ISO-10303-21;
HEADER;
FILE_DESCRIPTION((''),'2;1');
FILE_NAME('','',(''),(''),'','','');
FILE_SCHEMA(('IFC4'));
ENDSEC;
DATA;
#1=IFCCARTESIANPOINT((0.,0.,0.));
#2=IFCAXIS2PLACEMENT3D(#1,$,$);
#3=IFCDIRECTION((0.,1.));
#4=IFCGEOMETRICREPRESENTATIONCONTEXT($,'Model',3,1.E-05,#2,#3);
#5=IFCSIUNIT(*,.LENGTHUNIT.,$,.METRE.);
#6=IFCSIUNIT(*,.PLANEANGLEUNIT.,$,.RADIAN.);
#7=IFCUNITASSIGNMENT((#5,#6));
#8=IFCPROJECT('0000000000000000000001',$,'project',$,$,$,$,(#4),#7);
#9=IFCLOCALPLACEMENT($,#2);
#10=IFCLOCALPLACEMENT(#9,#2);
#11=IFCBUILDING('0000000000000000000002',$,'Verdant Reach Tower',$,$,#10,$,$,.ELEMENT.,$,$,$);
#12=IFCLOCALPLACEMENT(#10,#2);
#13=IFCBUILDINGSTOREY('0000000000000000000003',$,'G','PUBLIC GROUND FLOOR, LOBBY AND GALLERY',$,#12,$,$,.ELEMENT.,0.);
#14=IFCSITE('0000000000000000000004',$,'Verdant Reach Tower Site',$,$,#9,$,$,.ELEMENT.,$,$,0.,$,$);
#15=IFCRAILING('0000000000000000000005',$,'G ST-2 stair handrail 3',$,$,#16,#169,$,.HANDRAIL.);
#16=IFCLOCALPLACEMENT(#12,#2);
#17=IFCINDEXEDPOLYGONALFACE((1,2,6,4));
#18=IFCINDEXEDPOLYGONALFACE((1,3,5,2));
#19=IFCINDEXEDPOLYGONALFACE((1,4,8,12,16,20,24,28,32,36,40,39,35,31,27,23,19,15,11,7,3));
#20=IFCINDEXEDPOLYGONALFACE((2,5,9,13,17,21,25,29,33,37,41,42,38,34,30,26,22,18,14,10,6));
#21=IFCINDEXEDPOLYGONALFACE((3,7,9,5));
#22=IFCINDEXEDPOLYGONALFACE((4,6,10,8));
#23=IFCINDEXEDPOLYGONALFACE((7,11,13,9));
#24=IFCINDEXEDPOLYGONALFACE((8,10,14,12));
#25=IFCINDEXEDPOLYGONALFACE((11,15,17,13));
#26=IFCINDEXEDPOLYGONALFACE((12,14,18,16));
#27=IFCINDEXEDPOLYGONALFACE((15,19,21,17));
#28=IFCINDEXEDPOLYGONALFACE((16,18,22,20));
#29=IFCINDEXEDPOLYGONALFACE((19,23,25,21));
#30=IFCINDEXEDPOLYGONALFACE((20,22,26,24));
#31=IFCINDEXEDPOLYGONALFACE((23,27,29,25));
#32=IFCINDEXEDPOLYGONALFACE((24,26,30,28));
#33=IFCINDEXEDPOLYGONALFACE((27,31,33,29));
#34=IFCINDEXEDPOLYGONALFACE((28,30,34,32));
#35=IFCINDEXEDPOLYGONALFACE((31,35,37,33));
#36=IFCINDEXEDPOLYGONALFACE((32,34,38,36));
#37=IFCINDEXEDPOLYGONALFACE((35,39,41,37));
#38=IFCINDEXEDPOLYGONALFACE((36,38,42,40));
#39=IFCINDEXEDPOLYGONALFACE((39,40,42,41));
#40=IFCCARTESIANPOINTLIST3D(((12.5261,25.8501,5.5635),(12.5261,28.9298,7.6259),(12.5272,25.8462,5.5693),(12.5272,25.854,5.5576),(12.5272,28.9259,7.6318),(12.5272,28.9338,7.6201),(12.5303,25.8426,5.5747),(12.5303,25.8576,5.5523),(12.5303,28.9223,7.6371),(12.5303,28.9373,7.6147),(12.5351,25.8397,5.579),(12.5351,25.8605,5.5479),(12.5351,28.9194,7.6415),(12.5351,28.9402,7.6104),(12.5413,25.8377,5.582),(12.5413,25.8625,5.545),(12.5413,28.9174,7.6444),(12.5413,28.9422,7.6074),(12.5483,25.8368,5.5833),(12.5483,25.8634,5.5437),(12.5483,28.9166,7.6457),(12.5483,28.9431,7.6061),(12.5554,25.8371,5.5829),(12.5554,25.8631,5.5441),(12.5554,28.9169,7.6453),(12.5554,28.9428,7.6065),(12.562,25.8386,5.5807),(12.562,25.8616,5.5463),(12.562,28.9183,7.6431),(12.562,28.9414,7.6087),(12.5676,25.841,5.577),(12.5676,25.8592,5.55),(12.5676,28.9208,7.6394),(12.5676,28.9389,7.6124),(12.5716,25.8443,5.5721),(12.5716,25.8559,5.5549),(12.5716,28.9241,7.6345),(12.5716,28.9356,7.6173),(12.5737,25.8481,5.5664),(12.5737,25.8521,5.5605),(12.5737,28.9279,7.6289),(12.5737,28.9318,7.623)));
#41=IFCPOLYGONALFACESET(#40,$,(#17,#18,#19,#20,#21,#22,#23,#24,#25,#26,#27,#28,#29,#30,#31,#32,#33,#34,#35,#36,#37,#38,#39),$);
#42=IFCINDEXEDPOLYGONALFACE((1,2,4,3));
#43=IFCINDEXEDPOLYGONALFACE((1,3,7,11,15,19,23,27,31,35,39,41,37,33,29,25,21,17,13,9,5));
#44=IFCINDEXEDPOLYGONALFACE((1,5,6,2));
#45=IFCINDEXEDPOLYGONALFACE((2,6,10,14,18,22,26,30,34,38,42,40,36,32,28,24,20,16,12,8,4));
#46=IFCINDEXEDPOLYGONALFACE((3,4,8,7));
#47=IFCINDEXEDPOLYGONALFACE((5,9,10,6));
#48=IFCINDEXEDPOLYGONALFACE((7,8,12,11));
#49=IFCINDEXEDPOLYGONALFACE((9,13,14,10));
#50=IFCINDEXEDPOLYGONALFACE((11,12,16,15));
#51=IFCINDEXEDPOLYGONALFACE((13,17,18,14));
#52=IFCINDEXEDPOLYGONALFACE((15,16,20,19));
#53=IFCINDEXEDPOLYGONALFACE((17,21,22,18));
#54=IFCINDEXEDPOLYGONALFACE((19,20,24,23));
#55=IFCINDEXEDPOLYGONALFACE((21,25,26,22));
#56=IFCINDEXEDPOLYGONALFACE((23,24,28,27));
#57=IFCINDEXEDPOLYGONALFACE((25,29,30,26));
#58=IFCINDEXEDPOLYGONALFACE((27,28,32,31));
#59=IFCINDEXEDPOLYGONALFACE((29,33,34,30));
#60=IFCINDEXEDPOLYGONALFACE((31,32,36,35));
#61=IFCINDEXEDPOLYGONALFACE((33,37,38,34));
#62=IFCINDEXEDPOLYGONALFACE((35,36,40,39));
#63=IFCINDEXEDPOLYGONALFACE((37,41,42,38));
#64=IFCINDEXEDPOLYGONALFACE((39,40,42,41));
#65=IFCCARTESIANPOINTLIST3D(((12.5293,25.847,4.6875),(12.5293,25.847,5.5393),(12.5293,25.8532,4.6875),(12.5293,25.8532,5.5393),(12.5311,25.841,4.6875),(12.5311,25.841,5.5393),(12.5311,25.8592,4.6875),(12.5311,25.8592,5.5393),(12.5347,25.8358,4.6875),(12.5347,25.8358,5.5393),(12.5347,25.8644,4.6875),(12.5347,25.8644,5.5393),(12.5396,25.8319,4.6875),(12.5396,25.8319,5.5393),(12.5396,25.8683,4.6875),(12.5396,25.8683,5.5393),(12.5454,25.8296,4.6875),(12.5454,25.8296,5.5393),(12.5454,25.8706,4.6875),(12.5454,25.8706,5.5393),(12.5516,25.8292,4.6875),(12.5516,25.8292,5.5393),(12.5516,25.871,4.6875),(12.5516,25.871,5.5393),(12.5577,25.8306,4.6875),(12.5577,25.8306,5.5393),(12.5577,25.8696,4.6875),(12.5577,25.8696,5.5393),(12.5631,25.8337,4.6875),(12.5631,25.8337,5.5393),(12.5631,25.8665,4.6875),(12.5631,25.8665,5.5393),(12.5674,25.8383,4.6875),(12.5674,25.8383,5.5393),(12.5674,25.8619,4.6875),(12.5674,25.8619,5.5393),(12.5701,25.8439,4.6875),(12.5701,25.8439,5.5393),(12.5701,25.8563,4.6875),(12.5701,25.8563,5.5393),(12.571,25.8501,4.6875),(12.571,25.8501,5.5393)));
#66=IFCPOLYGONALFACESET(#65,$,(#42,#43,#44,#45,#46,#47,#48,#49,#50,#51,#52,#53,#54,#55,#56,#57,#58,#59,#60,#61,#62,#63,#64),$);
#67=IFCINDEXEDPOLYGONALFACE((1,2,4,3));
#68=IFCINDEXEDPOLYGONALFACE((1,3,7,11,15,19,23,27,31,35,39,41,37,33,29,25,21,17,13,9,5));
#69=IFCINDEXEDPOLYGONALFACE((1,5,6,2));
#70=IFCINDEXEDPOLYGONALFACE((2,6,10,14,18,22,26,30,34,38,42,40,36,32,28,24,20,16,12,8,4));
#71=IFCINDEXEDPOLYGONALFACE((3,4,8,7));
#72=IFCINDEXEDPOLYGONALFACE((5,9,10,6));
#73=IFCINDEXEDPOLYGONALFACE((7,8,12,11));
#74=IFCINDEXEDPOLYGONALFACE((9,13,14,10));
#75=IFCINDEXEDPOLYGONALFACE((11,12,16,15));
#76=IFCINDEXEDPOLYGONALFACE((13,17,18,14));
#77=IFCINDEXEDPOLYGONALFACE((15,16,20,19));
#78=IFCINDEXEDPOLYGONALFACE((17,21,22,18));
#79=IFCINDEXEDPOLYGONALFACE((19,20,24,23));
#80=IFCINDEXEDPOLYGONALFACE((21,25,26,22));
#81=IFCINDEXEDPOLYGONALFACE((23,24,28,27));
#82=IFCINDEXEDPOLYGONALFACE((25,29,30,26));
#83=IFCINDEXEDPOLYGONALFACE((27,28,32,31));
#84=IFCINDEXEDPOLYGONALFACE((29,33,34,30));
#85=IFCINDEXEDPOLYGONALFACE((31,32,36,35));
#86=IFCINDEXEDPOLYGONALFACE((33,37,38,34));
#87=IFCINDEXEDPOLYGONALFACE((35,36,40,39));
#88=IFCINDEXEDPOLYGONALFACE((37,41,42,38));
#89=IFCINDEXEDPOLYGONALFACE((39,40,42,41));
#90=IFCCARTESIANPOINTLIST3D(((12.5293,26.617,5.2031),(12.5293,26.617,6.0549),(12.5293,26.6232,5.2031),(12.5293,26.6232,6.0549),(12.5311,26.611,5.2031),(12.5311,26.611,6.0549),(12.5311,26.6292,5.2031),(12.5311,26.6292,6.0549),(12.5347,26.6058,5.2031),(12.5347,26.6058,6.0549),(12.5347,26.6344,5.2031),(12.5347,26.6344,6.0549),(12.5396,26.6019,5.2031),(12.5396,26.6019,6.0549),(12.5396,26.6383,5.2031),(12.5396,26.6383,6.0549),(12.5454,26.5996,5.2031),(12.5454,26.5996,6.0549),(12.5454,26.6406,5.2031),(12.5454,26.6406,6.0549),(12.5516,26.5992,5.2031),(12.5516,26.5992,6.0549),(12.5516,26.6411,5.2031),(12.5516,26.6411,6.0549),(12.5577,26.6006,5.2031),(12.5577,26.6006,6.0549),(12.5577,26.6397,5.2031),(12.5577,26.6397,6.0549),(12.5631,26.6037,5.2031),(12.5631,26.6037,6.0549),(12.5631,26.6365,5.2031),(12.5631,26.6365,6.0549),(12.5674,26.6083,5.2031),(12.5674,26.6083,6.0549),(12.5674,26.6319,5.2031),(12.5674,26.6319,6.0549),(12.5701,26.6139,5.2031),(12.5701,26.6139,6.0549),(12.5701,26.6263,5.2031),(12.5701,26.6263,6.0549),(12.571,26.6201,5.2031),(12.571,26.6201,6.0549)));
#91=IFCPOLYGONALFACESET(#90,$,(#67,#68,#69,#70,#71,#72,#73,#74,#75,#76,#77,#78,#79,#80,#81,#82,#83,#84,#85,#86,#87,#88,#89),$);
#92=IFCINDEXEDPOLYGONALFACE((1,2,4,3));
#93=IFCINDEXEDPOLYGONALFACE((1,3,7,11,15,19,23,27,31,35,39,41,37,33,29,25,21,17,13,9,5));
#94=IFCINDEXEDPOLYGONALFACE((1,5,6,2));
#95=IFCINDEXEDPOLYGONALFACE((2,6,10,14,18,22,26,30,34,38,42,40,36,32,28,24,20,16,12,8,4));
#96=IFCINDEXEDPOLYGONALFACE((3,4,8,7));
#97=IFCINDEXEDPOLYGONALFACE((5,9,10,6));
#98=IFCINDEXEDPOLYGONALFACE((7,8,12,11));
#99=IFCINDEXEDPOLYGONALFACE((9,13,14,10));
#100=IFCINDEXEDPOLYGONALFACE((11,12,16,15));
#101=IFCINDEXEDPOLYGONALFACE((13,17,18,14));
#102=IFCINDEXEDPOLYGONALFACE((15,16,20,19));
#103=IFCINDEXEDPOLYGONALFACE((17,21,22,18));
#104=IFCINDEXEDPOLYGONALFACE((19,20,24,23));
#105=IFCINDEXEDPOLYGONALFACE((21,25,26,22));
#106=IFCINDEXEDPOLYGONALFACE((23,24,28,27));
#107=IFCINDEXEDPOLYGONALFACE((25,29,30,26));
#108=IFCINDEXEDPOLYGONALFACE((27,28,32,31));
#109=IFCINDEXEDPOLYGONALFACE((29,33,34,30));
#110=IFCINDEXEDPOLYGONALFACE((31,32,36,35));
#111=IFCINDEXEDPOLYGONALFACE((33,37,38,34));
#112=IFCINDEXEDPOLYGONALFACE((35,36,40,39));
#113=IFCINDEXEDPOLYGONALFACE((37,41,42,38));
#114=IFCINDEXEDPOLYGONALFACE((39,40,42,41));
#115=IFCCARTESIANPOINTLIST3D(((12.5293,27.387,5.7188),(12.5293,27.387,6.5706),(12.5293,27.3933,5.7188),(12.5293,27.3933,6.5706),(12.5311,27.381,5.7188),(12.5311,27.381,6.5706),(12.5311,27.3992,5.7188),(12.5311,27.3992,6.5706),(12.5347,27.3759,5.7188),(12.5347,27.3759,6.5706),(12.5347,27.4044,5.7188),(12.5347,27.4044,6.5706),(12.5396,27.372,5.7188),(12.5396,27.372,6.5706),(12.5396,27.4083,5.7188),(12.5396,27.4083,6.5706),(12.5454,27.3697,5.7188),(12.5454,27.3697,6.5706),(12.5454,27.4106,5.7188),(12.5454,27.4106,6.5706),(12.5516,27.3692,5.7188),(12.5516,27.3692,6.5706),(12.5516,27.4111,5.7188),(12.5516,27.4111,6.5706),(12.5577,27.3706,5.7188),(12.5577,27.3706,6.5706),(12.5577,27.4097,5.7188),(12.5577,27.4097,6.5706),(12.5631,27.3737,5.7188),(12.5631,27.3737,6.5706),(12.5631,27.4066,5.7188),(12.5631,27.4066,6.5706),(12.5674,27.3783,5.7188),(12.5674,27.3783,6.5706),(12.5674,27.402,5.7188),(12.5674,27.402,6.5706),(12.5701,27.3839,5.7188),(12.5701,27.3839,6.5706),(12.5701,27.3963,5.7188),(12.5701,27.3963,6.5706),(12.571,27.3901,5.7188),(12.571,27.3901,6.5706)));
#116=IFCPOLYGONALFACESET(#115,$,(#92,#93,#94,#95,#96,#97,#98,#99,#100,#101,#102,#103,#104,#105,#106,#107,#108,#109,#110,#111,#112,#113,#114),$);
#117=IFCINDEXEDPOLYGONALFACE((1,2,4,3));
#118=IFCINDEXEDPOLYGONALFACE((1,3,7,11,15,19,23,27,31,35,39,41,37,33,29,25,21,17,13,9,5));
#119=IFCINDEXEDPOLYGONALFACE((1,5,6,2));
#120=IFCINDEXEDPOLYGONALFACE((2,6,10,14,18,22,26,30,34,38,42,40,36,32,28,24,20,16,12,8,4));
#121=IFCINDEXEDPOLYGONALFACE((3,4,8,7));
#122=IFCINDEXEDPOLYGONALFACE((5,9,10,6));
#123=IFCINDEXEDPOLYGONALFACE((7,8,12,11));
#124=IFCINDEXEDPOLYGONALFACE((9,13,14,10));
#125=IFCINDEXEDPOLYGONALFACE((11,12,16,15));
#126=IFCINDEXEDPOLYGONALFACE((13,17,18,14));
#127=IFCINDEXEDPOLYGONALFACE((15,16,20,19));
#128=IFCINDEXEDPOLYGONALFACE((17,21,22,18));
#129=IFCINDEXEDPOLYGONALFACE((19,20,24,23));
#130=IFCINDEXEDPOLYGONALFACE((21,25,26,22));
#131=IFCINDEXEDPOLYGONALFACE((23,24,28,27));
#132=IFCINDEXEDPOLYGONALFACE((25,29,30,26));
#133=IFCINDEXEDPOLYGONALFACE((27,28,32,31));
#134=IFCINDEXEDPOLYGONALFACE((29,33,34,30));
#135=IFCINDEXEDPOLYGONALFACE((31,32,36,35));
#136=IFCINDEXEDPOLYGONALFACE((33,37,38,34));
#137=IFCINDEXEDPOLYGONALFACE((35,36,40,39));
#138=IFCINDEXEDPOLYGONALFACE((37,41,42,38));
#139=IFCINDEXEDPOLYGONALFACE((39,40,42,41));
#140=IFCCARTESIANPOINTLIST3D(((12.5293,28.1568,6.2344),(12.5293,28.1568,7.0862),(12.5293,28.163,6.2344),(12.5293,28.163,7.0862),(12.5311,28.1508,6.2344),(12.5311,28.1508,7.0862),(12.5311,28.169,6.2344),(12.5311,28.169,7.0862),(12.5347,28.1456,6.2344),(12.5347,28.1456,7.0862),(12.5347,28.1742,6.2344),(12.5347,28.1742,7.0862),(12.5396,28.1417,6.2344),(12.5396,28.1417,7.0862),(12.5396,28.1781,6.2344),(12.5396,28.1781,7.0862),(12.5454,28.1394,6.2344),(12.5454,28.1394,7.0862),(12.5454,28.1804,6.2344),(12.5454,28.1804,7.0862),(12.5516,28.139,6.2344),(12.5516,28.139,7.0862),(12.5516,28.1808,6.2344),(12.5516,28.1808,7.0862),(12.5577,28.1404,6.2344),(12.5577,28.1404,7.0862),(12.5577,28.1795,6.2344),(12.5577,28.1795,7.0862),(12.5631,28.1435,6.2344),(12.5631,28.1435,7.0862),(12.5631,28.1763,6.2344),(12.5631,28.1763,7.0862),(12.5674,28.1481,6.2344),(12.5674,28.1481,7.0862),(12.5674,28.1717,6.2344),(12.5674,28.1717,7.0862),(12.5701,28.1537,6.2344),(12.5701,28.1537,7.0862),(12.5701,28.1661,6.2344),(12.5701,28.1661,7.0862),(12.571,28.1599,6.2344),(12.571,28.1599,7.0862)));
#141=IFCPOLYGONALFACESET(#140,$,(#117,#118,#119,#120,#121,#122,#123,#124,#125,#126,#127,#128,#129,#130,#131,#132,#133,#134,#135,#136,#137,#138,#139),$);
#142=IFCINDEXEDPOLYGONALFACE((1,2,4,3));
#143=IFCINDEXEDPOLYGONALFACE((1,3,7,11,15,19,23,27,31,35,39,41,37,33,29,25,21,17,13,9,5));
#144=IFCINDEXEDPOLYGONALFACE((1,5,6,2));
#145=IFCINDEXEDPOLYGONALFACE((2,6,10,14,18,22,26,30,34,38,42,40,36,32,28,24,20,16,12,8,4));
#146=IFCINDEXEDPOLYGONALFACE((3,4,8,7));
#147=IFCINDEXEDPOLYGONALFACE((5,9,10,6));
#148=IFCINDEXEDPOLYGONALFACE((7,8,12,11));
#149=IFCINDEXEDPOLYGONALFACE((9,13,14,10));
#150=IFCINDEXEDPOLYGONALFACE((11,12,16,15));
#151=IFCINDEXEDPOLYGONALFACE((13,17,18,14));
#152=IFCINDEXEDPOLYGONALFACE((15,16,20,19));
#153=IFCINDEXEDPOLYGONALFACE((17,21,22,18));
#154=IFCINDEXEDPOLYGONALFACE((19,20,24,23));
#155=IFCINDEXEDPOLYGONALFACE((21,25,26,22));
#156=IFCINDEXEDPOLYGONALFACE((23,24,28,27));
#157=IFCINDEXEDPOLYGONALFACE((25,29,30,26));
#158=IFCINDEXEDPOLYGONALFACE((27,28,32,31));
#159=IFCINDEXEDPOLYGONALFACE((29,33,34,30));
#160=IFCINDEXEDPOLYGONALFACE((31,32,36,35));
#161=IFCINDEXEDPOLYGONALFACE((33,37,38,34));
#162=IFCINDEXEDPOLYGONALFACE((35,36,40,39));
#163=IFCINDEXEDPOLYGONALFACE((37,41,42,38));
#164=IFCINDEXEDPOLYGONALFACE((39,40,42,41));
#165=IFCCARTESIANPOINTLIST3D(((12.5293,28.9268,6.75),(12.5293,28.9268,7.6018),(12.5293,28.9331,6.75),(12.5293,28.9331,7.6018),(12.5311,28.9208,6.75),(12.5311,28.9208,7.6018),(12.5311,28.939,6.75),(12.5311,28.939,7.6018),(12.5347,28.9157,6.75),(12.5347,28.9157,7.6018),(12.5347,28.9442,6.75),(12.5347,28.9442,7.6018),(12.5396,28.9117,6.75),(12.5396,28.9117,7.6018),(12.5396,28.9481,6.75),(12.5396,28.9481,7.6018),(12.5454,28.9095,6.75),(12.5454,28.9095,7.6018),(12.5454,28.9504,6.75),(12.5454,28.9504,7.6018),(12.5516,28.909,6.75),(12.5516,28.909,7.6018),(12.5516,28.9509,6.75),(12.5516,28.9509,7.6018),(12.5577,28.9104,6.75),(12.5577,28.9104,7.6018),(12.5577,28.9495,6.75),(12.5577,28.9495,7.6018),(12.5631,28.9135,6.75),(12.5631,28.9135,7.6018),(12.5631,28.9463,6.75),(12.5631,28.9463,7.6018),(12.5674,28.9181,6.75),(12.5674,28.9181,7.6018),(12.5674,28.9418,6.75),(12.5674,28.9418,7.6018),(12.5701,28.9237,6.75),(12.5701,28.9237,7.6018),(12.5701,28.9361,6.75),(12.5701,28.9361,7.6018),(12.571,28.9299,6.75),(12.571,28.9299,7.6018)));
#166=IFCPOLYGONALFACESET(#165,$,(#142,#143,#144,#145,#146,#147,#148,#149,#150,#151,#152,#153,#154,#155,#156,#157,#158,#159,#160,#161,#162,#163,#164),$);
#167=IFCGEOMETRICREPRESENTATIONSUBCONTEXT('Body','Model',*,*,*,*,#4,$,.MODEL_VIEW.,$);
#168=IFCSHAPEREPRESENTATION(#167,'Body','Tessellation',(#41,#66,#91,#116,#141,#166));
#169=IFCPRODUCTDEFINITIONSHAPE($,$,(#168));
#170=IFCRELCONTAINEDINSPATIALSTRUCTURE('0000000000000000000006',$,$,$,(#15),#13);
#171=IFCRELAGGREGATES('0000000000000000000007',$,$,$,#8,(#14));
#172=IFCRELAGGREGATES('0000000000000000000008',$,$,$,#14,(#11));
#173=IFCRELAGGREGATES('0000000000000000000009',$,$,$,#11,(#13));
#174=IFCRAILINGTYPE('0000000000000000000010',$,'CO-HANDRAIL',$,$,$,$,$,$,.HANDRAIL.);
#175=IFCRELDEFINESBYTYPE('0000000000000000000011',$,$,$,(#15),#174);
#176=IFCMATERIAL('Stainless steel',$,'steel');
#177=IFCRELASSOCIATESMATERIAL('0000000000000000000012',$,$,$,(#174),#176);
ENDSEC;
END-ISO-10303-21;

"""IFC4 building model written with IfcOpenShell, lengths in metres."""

from ifc_helpers import new_model, si_unit, direction, frame, origin, origin_2d, place, context, subcontext, project, spatial, circle, extrude, material, type_object, element, save


model = new_model("IFC4")

# Units and contexts
model_context = context("Model", 3, precision=1e-05, world=origin(), true_north=direction((0.0, 1.0)))
body_context = subcontext(model_context, "Body", "Model", "MODEL_VIEW")
ifc_project = project(units=[si_unit("LENGTHUNIT", "METRE"), si_unit("PLANEANGLEUNIT", "RADIAN")], contexts=[model_context])

# Site, building, storey
site_placement = place(None, origin())
site = spatial("IfcSite", under=ifc_project, at=site_placement, Name="Verdant Reach Tower Site", CompositionType="ELEMENT", RefElevation=0.0)
building_placement = place(site_placement, origin())
building = spatial("IfcBuilding", under=site, at=building_placement, Name="Verdant Reach Tower", CompositionType="ELEMENT")
storey_placement = place(building_placement, origin())
storey = spatial("IfcBuildingStorey", under=building, at=storey_placement, Name="G", Description="PUBLIC GROUND FLOOR, LOBBY AND GALLERY", CompositionType="ELEMENT", Elevation=0.0)

# Railing
ifc_material_1 = material(Name="Stainless steel", Category="steel")
railing_type_1 = type_object("IfcRailingType", Name="CO-HANDRAIL", PredefinedType="HANDRAIL", material=ifc_material_1)
railing_1_placement = place(storey_placement, frame((12.55, 25.8501, 4.6875)))
element("IfcRailing", 1, at=railing_1_placement, inside=storey, type_object=railing_type_1, Name="G ST-2 stair handrail 3", PredefinedType="HANDRAIL", context=body_context, shape_type="SweptSolid", body=[
    extrude(circle(Radius=0.0239, at=origin_2d()), frame((0.0, 0.0, 0.876), z_axis=(0.0, 0.830893, 0.556432), x_axis=(-1.0, 0.0, 0.0)), (0.0, 0.0, 1.0), 3.7065),
    extrude(circle(Radius=0.021, at=origin_2d()), origin(), (0.0, 0.0, 1.0), 0.8518),
    extrude(circle(Radius=0.021, at=origin_2d()), frame((0.0, 0.77, 0.5156)), (0.0, 0.0, 1.0), 0.8518),
    extrude(circle(Radius=0.021, at=origin_2d()), frame((0.0, 1.54, 1.0312)), (0.0, 0.0, 1.0), 0.8518),
    extrude(circle(Radius=0.021, at=origin_2d()), frame((0.0, 2.3098, 1.5469)), (0.0, 0.0, 1.0), 0.8518),
    extrude(circle(Radius=0.021, at=origin_2d()), frame((0.0, 3.0798, 2.0625)), (0.0, 0.0, 1.0), 0.8518),
])

save(model, "model.ifc")
